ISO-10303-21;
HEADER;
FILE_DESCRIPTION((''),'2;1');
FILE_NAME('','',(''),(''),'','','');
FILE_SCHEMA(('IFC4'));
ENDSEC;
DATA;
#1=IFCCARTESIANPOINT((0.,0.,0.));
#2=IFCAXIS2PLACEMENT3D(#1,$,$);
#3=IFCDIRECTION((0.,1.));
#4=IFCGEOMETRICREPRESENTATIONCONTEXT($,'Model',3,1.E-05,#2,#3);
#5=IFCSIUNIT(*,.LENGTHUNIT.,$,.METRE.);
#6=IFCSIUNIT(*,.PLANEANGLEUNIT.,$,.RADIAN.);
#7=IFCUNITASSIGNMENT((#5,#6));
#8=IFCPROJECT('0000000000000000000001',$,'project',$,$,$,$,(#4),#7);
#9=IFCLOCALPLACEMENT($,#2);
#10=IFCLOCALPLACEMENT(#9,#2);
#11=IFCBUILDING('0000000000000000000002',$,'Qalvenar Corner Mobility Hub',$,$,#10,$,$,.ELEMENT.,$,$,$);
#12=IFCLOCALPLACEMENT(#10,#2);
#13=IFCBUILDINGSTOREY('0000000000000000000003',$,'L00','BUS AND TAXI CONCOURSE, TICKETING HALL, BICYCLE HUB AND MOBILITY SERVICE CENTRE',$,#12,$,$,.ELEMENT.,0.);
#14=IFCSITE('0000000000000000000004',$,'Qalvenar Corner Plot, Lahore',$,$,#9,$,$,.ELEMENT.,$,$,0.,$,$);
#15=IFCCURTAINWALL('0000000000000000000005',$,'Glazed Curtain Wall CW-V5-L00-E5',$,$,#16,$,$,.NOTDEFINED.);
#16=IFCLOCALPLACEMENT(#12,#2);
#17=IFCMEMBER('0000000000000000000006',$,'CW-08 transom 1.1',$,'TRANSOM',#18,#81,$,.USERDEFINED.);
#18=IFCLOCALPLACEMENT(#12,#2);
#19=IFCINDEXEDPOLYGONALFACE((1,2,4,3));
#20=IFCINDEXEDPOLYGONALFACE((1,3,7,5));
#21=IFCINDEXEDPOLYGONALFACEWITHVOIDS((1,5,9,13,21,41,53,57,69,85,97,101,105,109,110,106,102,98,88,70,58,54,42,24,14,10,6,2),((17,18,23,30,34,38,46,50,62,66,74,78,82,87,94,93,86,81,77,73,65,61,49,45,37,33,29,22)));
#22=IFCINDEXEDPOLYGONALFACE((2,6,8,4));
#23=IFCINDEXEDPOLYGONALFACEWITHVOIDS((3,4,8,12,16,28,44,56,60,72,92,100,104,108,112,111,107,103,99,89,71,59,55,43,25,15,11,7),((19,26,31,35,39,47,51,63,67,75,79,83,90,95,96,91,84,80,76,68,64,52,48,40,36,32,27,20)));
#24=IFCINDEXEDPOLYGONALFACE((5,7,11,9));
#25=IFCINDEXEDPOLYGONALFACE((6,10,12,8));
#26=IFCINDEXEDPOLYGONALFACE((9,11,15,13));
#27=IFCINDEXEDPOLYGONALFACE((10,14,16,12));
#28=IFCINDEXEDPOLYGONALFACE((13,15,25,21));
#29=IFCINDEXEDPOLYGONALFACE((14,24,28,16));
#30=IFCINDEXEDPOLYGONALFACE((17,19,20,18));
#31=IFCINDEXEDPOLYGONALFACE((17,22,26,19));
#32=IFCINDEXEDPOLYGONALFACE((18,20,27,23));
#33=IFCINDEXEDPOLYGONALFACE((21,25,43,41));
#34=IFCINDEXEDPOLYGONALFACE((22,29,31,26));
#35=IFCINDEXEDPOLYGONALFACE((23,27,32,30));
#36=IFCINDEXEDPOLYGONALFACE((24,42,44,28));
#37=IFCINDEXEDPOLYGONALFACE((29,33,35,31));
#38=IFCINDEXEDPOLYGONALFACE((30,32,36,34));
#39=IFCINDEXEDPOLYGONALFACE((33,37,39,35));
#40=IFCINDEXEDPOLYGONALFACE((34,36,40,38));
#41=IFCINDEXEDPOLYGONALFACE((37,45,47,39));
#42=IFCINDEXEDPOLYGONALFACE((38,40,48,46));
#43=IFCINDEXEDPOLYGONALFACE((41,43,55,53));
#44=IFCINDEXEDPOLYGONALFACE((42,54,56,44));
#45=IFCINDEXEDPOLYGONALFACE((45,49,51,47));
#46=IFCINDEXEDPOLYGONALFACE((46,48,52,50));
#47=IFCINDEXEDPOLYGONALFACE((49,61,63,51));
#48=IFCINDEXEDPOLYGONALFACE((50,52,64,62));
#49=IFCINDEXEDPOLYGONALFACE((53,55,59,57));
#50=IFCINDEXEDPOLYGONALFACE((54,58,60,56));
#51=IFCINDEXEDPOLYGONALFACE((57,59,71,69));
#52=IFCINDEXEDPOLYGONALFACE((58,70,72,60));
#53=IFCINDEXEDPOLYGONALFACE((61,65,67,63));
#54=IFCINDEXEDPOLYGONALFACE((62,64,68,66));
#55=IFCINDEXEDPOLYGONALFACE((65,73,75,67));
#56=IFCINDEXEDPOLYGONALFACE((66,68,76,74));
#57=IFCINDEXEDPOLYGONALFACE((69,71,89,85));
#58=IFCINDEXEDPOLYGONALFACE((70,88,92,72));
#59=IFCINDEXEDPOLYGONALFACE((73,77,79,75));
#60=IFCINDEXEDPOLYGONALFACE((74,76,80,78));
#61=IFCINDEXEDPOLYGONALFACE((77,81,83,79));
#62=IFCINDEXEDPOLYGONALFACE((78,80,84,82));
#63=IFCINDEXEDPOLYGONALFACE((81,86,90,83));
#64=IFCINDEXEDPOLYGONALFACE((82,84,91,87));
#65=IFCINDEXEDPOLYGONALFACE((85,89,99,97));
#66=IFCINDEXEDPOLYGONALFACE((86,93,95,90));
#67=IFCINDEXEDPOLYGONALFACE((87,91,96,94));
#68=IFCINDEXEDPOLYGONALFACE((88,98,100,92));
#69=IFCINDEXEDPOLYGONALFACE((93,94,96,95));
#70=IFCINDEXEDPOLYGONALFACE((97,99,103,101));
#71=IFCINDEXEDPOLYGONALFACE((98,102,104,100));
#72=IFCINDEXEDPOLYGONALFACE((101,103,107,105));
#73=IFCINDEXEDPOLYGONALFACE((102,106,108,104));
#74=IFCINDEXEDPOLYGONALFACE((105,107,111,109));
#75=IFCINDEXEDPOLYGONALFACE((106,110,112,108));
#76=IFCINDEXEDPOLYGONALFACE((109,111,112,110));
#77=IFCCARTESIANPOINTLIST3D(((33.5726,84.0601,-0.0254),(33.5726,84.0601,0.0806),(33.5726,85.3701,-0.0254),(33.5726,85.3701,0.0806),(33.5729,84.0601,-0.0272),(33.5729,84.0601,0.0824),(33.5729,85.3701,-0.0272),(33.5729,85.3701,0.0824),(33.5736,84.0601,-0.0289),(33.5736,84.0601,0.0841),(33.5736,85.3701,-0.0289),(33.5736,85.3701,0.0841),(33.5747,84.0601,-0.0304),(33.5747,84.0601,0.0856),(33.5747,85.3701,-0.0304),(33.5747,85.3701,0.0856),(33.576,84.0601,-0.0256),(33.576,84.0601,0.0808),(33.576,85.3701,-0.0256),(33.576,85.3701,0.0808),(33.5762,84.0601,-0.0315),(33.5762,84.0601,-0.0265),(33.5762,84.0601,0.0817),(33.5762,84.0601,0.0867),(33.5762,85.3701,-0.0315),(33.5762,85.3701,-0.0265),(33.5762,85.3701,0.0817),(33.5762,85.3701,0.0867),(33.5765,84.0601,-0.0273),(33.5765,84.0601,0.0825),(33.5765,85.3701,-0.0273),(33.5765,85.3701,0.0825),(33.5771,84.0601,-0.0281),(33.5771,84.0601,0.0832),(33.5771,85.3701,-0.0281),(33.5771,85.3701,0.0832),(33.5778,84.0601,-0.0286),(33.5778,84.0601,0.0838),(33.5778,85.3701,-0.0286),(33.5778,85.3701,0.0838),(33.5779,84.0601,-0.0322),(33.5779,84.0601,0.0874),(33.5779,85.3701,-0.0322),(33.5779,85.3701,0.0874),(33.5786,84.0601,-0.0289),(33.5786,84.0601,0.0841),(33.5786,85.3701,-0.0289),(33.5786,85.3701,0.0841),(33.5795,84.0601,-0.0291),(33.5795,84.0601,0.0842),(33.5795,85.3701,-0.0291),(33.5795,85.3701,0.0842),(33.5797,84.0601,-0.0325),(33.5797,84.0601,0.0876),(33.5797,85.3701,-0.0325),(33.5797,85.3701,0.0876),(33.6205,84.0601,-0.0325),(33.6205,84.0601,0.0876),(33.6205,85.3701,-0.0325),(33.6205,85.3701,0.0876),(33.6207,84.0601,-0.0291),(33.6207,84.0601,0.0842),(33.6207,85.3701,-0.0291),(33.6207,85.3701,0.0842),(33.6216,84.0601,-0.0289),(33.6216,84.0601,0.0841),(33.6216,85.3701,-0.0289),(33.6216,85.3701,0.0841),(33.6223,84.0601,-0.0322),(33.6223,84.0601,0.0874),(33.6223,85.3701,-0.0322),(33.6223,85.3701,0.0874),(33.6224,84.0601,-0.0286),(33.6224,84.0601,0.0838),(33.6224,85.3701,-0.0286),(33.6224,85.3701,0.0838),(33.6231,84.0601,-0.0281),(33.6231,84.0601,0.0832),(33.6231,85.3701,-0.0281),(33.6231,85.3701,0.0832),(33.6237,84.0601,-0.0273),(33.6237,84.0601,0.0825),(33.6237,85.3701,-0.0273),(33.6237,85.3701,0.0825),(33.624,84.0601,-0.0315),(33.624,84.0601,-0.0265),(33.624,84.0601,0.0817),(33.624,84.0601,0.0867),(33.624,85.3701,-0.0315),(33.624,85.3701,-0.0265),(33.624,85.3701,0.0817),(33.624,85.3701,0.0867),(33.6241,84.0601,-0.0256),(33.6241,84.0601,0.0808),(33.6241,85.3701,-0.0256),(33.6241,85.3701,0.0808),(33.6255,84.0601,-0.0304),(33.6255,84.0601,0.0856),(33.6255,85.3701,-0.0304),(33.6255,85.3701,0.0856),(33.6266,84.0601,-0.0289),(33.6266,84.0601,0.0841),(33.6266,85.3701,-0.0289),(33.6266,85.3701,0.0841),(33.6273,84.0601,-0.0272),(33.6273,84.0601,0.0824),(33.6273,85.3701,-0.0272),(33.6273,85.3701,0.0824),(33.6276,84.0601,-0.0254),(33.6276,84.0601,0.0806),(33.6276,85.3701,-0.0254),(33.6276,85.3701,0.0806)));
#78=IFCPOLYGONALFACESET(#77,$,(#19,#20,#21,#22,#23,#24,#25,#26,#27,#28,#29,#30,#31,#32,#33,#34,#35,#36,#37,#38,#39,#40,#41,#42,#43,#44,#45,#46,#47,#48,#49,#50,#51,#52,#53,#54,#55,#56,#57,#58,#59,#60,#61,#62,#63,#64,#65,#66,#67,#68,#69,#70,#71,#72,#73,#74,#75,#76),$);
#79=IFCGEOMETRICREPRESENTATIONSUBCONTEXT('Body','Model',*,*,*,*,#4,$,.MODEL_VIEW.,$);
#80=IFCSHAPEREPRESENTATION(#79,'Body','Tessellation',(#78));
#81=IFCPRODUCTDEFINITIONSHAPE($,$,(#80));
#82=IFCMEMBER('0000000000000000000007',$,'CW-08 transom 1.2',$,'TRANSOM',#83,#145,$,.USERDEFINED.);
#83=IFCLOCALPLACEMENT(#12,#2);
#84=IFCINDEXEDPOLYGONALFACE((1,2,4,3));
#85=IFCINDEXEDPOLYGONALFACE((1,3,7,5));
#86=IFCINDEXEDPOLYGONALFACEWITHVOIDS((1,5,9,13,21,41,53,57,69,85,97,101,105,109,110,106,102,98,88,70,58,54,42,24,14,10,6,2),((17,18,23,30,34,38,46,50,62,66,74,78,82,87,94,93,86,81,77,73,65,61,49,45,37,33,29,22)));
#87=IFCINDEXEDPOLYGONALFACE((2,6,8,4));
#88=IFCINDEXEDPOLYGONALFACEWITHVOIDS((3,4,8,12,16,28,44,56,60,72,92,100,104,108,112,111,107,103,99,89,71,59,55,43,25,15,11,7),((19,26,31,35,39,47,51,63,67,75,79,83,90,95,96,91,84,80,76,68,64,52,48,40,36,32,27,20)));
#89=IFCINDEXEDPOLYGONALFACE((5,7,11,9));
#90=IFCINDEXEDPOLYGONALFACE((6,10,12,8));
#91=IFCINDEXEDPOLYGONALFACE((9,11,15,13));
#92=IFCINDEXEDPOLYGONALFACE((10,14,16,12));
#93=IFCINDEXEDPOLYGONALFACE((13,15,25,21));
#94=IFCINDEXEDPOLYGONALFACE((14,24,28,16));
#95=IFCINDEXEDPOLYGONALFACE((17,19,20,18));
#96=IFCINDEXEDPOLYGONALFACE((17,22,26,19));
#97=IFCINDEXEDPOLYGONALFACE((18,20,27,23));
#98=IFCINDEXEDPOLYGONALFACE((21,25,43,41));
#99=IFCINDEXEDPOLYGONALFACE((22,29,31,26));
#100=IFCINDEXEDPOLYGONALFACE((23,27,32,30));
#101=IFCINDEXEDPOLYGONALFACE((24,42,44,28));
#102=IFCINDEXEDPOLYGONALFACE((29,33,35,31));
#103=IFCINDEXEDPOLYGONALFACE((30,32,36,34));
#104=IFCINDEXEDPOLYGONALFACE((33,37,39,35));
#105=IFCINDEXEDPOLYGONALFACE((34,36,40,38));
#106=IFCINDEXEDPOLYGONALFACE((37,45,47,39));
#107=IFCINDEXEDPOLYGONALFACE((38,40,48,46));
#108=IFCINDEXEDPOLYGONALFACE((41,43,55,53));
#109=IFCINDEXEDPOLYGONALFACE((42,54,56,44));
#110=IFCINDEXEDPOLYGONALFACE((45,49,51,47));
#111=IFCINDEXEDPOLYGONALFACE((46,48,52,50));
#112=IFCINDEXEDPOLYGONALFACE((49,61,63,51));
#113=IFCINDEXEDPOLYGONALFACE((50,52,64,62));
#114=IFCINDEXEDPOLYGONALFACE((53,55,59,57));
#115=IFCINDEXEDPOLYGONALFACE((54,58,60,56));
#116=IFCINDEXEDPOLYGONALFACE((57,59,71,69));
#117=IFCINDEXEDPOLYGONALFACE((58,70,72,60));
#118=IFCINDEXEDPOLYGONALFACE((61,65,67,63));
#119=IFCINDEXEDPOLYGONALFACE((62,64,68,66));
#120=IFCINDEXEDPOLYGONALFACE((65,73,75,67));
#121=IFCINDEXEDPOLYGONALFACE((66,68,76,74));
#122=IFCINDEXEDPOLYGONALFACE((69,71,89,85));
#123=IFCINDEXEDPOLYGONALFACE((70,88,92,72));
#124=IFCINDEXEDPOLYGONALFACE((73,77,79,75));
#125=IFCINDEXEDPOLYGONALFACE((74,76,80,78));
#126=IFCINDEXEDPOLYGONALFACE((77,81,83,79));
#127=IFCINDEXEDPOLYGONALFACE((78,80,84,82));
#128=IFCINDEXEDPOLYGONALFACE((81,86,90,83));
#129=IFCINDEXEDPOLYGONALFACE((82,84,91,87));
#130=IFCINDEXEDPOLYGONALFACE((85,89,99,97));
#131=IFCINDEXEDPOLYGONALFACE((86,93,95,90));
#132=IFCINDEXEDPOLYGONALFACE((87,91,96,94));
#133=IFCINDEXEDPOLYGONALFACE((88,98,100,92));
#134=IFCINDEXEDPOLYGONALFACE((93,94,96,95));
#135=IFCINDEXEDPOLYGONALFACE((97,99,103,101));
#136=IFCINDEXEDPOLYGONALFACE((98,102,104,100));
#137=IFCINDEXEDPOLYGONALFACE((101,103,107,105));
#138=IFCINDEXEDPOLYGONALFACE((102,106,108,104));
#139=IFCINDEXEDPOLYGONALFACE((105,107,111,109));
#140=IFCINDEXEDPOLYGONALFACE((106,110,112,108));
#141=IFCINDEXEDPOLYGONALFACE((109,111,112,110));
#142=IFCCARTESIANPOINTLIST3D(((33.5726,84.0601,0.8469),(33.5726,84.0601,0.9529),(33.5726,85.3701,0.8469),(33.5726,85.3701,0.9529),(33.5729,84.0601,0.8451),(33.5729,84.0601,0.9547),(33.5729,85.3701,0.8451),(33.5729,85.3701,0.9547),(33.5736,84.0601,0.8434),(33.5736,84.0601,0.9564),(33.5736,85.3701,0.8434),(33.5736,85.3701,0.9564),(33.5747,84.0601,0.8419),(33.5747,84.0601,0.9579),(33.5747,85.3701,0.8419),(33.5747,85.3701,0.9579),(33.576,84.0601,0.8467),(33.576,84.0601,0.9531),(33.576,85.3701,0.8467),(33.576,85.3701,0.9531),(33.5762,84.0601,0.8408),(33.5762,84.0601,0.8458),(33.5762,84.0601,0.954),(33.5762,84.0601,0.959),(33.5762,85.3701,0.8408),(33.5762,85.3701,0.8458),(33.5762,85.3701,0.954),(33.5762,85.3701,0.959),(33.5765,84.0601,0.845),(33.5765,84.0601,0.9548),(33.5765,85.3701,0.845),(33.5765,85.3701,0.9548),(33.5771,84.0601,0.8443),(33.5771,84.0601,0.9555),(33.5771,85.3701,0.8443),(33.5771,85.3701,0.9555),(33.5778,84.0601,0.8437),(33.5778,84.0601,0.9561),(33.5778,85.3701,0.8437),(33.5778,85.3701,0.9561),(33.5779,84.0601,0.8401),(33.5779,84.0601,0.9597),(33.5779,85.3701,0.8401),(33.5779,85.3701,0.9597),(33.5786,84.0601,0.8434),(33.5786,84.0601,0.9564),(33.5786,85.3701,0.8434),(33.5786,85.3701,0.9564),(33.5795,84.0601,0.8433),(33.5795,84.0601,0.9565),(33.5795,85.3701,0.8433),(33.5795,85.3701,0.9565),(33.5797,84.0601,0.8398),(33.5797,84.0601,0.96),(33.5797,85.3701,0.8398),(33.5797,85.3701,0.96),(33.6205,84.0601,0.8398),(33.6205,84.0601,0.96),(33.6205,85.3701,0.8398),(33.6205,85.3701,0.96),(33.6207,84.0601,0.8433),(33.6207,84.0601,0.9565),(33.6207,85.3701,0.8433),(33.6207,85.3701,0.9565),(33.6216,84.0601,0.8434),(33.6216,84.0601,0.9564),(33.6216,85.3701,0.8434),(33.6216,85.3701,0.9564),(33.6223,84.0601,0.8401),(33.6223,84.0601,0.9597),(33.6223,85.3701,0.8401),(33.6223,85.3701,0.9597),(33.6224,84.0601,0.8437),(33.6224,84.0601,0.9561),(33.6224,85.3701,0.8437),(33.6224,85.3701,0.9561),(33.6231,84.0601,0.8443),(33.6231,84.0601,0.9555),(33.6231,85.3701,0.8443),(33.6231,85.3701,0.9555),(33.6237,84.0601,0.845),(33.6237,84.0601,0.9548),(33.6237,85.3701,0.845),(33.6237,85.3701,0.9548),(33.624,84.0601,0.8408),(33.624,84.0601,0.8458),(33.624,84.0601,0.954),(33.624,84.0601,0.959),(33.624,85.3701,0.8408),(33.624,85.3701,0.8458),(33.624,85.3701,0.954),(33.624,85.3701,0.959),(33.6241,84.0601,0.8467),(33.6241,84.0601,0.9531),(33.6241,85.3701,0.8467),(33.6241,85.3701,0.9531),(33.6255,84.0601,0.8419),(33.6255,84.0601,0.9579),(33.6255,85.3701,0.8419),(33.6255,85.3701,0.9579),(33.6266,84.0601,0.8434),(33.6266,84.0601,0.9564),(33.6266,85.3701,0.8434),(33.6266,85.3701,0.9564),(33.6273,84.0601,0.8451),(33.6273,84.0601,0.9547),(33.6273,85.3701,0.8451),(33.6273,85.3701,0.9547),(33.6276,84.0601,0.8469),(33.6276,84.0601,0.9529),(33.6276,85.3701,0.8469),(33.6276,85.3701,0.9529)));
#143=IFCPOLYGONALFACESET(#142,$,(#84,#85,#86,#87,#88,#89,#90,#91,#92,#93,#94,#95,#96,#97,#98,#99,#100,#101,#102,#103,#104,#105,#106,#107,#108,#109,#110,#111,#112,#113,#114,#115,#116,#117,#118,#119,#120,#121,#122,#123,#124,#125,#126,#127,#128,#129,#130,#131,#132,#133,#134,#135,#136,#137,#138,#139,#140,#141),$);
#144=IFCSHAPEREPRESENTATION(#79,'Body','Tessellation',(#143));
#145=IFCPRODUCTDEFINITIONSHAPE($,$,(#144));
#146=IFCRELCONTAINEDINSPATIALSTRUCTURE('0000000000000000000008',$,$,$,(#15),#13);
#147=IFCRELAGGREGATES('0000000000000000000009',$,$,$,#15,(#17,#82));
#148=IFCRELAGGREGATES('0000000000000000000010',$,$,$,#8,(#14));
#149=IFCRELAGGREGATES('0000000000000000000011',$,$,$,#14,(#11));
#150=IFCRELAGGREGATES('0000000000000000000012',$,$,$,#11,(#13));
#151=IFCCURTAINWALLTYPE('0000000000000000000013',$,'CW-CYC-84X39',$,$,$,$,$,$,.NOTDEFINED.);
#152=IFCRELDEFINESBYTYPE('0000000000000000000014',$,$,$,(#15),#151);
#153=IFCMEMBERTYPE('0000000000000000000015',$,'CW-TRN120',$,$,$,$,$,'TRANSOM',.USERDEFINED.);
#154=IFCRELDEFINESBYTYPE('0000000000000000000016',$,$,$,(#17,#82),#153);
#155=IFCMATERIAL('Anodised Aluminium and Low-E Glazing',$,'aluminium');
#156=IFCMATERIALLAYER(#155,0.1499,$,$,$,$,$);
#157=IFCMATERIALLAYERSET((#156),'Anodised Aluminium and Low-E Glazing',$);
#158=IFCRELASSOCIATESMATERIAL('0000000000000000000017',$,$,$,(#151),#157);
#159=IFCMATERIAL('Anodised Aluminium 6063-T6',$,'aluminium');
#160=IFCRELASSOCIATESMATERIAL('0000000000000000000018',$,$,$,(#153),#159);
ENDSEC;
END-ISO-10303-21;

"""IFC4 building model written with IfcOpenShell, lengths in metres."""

from ifc_helpers import new_model, si_unit, direction, frame, origin, origin_2d, place, context, subcontext, project, spatial, hollow_rectangle, extrude, material, layer, layer_set, material_profile, profile_set, type_object, element, aggregate, save


model = new_model("IFC4")

# Units and contexts
model_context = context("Model", 3, precision=1e-05, world=origin(), true_north=direction((0.0, 1.0)))
body_context = subcontext(model_context, "Body", "Model", "MODEL_VIEW")
ifc_project = project(units=[si_unit("LENGTHUNIT", "METRE"), si_unit("PLANEANGLEUNIT", "RADIAN")], contexts=[model_context])

# Site, building, storey
site_placement = place(None, origin())
site = spatial("IfcSite", under=ifc_project, at=site_placement, Name="Qalvenar Corner Plot, Lahore", CompositionType="ELEMENT", RefElevation=0.0)
building_placement = place(site_placement, origin())
building = spatial("IfcBuilding", under=site, at=building_placement, Name="Qalvenar Corner Mobility Hub", CompositionType="ELEMENT")
storey_placement = place(building_placement, origin())
storey = spatial("IfcBuildingStorey", under=building, at=storey_placement, Name="L00", Description="BUS AND TAXI CONCOURSE, TICKETING HALL, BICYCLE HUB AND MOBILITY SERVICE CENTRE", CompositionType="ELEMENT", Elevation=0.0)

# Curtain wall, members
ifc_material_1 = material(Name="Anodised Aluminium and Low-E Glazing", Category="aluminium")
ifc_layer_1 = layer(ifc_material_1, 0.1499)
ifc_layer_set_1 = layer_set([ifc_layer_1], Name="Anodised Aluminium and Low-E Glazing")
curtain_wall_type = type_object("IfcCurtainWallType", Name="CW-CYC-84X39", PredefinedType="NOTDEFINED", material=ifc_layer_set_1)
curtain_wall_placement = place(storey_placement, origin())
curtain_wall = element("IfcCurtainWall", 1, at=curtain_wall_placement, inside=storey, type_object=curtain_wall_type, Name="Glazed Curtain Wall CW-V5-L00-E5", PredefinedType="NOTDEFINED")
ifc_material_2 = material(Name="Anodised Aluminium 6063-T6", Category="aluminium")
ifc_material_profile_1 = material_profile(ifc_material_2, hollow_rectangle(XDim=0.0549, YDim=0.1201, WallThickness=0.0034, InnerFilletRadius=0.0034, OuterFilletRadius=0.0071, at=origin_2d()), Name="RHS120x55x3.5")
ifc_profile_set_1 = profile_set([ifc_material_profile_1], Name="Anodised Aluminium 6063-T6")
member_type_1 = type_object("IfcMemberType", Name="CW-TRN120", ElementType="TRANSOM", PredefinedType="USERDEFINED", material=ifc_profile_set_1)
member_1_placement = place(storey_placement, frame((33.6001, 84.0601, 0.0276), z_axis=(0.0, 1.0, 0.0), x_axis=(-1.0, 0.0, 0.0)))
member_1 = element("IfcMember", 2, at=member_1_placement, type_object=member_type_1, Name="CW-08 transom 1.1", ObjectType="TRANSOM", PredefinedType="USERDEFINED", context=body_context, shape_type="SweptSolid", body=[
    extrude(hollow_rectangle(XDim=0.0549, YDim=0.1201, WallThickness=0.0034, InnerFilletRadius=0.0034, OuterFilletRadius=0.0071, at=origin_2d()), origin(), (0.0, 0.0, 1.0), 1.3101),
])
member_2_placement = place(storey_placement, frame((33.6001, 84.0601, 0.8999), z_axis=(0.0, 1.0, 0.0), x_axis=(-1.0, 0.0, 0.0)))
member_2 = element("IfcMember", 3, at=member_2_placement, type_object=member_type_1, Name="CW-08 transom 1.2", ObjectType="TRANSOM", PredefinedType="USERDEFINED", context=body_context, shape_type="SweptSolid", body=[
    extrude(hollow_rectangle(XDim=0.0549, YDim=0.1201, WallThickness=0.0034, InnerFilletRadius=0.0034, OuterFilletRadius=0.0071, at=origin_2d()), origin(), (0.0, 0.0, 1.0), 1.3101),
])
aggregate(curtain_wall, [member_1, member_2])

save(model, "model.ifc")
